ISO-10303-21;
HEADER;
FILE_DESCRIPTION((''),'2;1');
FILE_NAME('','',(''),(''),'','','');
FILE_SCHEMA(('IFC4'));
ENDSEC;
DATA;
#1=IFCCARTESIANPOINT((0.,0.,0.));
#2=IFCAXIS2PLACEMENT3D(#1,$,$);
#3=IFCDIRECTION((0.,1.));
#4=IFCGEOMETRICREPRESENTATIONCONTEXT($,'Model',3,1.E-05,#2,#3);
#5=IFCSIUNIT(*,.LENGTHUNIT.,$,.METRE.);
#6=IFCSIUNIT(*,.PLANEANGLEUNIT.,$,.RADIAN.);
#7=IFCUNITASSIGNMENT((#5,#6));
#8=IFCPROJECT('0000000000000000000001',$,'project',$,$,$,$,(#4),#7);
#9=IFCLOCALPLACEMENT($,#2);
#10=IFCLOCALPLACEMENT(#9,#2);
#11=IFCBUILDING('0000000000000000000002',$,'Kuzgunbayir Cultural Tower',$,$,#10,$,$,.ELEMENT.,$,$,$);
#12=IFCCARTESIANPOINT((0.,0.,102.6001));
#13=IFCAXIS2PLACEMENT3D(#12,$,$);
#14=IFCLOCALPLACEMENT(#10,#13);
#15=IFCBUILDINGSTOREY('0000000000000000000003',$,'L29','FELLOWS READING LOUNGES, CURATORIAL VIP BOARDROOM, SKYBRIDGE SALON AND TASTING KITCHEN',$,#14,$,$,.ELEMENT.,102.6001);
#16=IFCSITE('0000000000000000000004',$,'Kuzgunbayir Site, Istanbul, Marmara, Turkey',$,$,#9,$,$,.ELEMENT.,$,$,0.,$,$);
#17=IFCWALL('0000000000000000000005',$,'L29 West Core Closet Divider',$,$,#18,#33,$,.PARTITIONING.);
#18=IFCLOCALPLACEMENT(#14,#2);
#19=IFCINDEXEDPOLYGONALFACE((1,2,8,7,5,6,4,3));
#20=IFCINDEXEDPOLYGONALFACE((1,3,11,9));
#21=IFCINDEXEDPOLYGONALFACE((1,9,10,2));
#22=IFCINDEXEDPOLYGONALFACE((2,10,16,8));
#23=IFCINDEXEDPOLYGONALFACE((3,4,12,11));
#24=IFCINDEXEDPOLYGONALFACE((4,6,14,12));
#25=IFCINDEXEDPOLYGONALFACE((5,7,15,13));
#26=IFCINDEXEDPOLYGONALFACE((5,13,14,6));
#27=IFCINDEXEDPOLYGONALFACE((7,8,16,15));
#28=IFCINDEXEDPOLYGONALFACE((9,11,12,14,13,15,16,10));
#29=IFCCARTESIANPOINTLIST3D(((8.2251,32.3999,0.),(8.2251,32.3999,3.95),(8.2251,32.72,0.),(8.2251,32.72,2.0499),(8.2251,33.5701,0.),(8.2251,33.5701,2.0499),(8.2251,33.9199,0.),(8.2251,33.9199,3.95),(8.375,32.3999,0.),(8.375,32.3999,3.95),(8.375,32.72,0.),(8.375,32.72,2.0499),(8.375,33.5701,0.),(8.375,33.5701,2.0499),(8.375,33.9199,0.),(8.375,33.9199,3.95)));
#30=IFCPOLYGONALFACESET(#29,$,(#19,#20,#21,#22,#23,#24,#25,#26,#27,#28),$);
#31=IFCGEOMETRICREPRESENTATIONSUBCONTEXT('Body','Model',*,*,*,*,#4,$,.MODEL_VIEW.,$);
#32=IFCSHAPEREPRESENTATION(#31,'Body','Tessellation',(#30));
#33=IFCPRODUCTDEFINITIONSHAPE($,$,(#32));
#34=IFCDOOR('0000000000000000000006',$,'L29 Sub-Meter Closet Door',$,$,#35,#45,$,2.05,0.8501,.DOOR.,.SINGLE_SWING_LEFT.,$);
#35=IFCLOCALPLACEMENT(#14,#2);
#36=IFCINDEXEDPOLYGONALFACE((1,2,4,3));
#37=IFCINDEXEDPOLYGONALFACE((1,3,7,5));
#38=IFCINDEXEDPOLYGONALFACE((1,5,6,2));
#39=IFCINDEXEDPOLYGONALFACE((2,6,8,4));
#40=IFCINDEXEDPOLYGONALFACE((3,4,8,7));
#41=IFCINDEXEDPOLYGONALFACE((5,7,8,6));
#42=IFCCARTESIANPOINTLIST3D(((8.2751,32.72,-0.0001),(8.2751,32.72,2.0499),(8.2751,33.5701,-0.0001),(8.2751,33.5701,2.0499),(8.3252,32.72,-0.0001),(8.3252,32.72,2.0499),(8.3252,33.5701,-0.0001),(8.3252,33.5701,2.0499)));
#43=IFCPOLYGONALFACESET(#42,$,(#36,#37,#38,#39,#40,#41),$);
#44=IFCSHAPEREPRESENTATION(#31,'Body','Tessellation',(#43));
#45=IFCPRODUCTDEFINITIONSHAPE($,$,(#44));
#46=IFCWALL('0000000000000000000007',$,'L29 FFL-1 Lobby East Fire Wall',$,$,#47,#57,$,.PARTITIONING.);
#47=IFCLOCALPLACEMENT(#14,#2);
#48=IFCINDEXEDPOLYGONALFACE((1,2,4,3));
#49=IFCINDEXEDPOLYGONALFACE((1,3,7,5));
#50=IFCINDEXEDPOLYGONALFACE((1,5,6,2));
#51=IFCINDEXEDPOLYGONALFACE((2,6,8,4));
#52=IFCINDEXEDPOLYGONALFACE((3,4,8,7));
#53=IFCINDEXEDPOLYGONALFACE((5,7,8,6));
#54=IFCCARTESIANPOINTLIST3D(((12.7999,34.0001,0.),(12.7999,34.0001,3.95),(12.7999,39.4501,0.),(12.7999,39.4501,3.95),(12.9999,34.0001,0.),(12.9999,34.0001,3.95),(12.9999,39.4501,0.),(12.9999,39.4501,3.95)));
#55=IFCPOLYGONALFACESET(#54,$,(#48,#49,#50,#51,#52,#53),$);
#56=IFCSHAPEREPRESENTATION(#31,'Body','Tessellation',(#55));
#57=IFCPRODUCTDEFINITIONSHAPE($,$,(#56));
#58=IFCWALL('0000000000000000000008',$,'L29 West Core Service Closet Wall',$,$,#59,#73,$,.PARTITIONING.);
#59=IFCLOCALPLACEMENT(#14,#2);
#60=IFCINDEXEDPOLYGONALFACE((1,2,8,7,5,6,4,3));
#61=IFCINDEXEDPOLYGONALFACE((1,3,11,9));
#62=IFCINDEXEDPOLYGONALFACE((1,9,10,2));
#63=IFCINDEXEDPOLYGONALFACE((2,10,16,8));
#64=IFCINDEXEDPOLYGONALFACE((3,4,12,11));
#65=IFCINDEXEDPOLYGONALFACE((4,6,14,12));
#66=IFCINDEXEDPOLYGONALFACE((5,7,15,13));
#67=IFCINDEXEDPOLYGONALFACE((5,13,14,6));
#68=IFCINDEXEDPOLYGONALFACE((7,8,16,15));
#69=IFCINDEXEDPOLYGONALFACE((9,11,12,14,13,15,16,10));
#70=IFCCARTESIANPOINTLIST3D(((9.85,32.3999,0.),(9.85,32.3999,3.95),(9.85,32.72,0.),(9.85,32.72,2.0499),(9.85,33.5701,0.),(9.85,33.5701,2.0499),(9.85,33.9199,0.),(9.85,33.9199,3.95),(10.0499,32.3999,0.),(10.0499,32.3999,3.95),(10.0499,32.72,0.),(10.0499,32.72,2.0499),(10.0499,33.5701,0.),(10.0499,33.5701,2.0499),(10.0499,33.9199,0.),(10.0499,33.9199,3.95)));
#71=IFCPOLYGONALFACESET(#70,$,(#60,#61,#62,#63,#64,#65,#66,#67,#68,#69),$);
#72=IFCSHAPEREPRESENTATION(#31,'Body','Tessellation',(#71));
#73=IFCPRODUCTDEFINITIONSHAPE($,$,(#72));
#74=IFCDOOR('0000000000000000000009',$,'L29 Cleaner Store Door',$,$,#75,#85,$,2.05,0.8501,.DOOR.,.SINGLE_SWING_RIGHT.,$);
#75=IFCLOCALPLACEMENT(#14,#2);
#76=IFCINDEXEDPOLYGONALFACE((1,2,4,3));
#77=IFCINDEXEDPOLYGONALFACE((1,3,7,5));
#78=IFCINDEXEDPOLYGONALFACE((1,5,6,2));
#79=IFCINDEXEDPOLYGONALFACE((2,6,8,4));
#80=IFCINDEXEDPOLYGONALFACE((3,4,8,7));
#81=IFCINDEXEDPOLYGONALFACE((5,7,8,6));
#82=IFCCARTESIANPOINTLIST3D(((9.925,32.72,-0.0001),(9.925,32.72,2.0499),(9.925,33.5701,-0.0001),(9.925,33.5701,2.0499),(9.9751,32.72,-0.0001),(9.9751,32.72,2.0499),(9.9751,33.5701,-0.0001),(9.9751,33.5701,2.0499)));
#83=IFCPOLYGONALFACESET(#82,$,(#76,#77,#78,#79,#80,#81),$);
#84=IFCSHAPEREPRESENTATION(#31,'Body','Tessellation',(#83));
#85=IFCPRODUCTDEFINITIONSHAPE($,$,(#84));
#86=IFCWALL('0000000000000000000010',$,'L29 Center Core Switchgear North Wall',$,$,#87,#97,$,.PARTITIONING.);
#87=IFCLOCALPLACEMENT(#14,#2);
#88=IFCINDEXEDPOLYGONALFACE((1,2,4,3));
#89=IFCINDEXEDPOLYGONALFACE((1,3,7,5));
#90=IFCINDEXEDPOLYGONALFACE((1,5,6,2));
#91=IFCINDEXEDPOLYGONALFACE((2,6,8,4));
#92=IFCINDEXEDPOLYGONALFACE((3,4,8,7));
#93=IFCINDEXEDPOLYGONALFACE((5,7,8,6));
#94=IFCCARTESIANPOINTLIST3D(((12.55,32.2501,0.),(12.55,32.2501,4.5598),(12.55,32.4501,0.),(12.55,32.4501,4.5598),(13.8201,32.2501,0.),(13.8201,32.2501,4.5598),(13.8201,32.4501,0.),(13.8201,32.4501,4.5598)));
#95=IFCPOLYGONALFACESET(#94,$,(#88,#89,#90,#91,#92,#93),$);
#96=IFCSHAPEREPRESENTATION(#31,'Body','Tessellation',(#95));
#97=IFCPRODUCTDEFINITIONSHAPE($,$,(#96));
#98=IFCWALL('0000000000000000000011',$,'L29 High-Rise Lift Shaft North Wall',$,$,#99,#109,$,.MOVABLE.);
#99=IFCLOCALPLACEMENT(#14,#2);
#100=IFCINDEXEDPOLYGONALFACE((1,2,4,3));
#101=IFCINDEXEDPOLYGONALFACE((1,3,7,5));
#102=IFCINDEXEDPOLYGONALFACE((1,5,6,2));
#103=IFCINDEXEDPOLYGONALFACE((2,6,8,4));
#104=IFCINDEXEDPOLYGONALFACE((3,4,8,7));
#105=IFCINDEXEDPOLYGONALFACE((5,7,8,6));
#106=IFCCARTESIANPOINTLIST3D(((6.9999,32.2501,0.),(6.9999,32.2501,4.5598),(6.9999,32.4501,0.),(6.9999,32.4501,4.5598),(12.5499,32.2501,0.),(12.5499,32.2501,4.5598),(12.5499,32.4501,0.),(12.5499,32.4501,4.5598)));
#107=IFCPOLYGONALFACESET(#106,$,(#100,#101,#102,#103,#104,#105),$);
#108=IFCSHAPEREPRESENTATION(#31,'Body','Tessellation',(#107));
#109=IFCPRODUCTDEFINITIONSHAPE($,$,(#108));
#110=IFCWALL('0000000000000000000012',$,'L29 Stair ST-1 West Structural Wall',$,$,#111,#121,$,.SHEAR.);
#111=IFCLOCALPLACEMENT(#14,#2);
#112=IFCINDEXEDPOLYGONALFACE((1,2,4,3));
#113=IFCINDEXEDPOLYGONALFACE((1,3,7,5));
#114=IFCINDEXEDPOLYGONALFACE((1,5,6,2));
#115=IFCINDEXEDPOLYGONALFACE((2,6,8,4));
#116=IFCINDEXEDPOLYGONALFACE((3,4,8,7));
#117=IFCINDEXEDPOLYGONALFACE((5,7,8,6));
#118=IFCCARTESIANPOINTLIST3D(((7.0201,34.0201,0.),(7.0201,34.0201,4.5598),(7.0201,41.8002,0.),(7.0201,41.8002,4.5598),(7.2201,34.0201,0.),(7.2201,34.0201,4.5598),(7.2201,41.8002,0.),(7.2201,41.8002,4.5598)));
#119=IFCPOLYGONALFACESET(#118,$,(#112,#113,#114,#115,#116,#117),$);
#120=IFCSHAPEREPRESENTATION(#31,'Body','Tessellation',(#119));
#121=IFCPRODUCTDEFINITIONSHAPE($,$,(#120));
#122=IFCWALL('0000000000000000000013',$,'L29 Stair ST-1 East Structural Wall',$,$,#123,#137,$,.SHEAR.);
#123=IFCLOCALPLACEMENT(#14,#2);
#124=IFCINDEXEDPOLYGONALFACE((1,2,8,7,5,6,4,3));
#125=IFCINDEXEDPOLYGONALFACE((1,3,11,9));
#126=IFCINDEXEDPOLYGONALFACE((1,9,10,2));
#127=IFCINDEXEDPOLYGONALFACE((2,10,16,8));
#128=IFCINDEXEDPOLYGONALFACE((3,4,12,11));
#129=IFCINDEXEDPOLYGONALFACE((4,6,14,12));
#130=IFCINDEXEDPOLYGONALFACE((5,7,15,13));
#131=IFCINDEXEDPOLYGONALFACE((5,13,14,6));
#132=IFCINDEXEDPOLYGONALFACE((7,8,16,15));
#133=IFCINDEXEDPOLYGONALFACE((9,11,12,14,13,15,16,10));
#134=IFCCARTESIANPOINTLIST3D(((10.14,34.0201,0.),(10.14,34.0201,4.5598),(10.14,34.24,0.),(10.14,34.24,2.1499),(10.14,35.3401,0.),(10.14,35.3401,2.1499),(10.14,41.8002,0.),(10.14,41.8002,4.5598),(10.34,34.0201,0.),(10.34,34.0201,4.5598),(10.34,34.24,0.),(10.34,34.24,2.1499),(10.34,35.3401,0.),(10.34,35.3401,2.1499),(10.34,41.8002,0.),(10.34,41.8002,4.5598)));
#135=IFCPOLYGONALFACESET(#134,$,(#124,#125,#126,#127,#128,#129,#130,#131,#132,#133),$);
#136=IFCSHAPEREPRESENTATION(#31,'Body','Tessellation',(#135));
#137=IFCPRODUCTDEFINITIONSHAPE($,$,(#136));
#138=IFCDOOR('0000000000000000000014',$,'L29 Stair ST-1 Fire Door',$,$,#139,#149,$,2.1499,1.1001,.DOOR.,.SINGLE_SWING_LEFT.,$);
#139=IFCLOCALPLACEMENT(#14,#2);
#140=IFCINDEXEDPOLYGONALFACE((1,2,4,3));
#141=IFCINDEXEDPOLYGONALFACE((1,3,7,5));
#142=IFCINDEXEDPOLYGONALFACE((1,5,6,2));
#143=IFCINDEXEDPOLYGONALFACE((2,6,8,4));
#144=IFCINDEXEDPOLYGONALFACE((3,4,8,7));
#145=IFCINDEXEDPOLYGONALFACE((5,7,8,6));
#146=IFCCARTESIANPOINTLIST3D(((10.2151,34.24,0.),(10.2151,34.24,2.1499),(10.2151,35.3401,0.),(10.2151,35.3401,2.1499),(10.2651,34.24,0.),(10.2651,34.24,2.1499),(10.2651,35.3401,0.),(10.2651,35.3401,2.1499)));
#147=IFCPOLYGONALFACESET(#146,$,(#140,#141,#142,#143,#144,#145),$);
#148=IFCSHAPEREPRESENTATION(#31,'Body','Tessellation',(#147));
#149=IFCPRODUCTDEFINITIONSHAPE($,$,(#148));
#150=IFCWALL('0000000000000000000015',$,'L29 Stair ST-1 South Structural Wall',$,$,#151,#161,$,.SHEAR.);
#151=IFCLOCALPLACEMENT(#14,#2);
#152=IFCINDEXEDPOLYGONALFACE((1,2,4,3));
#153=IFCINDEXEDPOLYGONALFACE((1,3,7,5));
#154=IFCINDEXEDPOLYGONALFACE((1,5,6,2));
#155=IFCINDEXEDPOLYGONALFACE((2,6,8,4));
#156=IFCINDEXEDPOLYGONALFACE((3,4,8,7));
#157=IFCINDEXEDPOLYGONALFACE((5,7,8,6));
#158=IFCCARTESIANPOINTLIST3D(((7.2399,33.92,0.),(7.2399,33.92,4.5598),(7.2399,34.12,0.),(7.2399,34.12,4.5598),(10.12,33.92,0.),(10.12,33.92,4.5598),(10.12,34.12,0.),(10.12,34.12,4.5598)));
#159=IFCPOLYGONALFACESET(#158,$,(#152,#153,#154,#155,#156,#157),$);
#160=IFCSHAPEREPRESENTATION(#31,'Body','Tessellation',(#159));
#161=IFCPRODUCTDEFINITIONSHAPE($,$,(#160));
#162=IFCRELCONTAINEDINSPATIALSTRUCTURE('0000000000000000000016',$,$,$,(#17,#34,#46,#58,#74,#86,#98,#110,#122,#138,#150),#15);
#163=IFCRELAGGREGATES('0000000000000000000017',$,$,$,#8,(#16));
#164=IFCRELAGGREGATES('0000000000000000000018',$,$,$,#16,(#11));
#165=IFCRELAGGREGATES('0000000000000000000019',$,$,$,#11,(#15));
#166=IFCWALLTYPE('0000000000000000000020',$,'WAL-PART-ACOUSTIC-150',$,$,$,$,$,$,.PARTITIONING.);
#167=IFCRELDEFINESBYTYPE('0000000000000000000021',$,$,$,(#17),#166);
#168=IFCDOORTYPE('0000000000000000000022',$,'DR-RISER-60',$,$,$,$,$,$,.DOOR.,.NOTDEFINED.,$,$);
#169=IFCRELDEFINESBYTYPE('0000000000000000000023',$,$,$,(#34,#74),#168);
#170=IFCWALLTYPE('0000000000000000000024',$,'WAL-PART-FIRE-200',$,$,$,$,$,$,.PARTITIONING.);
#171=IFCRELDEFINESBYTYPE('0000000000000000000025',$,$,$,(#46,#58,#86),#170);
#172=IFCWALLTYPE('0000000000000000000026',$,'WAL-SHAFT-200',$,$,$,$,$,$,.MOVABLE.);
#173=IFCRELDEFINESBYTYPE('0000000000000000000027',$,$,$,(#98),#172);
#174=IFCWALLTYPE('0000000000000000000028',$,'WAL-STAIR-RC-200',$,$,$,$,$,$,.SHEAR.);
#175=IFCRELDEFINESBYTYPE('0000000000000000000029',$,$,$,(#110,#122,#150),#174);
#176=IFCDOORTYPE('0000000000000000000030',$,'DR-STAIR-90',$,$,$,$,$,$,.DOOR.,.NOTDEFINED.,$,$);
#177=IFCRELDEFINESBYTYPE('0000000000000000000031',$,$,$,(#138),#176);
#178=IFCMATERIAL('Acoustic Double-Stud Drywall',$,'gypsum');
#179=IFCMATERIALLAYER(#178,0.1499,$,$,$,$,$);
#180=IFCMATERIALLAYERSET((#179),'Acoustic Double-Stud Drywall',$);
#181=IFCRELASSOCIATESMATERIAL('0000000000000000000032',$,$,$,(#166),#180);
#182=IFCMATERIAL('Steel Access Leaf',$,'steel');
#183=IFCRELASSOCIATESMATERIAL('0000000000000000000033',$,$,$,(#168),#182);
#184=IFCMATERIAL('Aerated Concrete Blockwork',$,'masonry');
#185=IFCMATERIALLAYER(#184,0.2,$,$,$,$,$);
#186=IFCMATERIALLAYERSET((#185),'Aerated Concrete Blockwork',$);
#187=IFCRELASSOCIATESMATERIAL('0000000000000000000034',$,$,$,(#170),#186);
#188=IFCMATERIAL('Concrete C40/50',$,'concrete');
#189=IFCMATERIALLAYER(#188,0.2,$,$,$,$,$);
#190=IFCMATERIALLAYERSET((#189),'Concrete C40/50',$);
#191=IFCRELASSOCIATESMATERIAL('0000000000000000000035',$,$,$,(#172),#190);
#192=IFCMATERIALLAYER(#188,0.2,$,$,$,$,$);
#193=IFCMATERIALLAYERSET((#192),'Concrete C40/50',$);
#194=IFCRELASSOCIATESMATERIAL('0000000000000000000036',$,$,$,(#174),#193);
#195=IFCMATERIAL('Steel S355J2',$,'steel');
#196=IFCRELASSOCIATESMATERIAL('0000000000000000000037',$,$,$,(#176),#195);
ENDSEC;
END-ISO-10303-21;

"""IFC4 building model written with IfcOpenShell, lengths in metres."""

from ifc_helpers import new_model, si_unit, direction, frame, frame_2d, origin, place, context, subcontext, project, spatial, rectangle, extrude, material, layer, layer_set, type_object, element, fill, save


model = new_model("IFC4")

# Units and contexts
model_context = context("Model", 3, precision=1e-05, world=origin(), true_north=direction((0.0, 1.0)))
body_context = subcontext(model_context, "Body", "Model", "MODEL_VIEW")
ifc_project = project(units=[si_unit("LENGTHUNIT", "METRE"), si_unit("PLANEANGLEUNIT", "RADIAN")], contexts=[model_context])

# Site, building, storey
site_placement = place(None, origin())
site = spatial("IfcSite", under=ifc_project, at=site_placement, Name="Kuzgunbayir Site, Istanbul, Marmara, Turkey", CompositionType="ELEMENT", RefElevation=0.0)
building_placement = place(site_placement, origin())
building = spatial("IfcBuilding", under=site, at=building_placement, Name="Kuzgunbayir Cultural Tower", CompositionType="ELEMENT")
storey_placement = place(building_placement, frame((0.0, 0.0, 102.6001)))
storey = spatial("IfcBuildingStorey", under=building, at=storey_placement, Name="L29", Description="FELLOWS READING LOUNGES, CURATORIAL VIP BOARDROOM, SKYBRIDGE SALON AND TASTING KITCHEN", CompositionType="ELEMENT", Elevation=102.6001)

# Shared definitions
ifc_material_1 = material(Name="Steel S355J2", Category="steel")

# Wall, opening, door
ifc_material_2 = material(Name="Acoustic Double-Stud Drywall", Category="gypsum")
ifc_layer_1 = layer(ifc_material_2, 0.1499)
ifc_layer_set_1 = layer_set([ifc_layer_1], Name="Acoustic Double-Stud Drywall")
wall_type_1 = type_object("IfcWallType", Name="WAL-PART-ACOUSTIC-150", PredefinedType="PARTITIONING", material=ifc_layer_set_1)
wall_1_placement = place(storey_placement, frame((8.3, 32.3999, 0.0), z_axis=(0.0, 0.0, 1.0), x_axis=(0.0, 1.0, 0.0)))
wall_1 = element("IfcWall", 1, at=wall_1_placement, inside=storey, type_object=wall_type_1, Name="L29 West Core Closet Divider", PredefinedType="PARTITIONING", context=body_context, shape_type="SweptSolid", body=[
    extrude(rectangle(XDim=1.52, YDim=0.1499, at=frame_2d((0.76, 0.0))), origin(), (0.0, 0.0, 1.0), 3.95),
])
opening_1_placement = place(wall_1_placement, frame((0.3201, 0.0, 0.0)))
opening_1 = element("IfcOpeningElement", 2, at=opening_1_placement, cuts=wall_1, PredefinedType="OPENING", context=body_context, shape_type="SweptSolid", body=[
    extrude(rectangle(XDim=0.8501, YDim=2.05, at=frame_2d((0.425, 1.0249))), frame((0.0, 0.085, 0.0), z_axis=(0.0, -1.0, 0.0), x_axis=(1.0, 0.0, 0.0)), (0.0, 0.0, 1.0), 0.1699),
])
ifc_material_3 = material(Name="Steel Access Leaf", Category="steel")
door_type_1 = type_object("IfcDoorType", Name="DR-RISER-60", OperationType="NOTDEFINED", PredefinedType="DOOR", material=ifc_material_3)
door_1_placement = place(opening_1_placement, origin())
door_1 = element("IfcDoor", 3, at=door_1_placement, inside=storey, type_object=door_type_1, Name="L29 Sub-Meter Closet Door", OperationType="SINGLE_SWING_LEFT", OverallHeight=2.05, OverallWidth=0.8501, PredefinedType="DOOR", context=body_context, shape_type="SweptSolid", body=[
    extrude(rectangle(XDim=0.8501, YDim=2.05, at=frame_2d((0.425, 1.0249))), frame((0.0, 0.0249, 0.0), z_axis=(0.0, -1.0, 0.0), x_axis=(1.0, 0.0, 0.0)), (0.0, 0.0, 1.0), 0.05),
])
fill(opening_1, door_1)

# Wall
ifc_material_4 = material(Name="Aerated Concrete Blockwork", Category="masonry")
ifc_layer_2 = layer(ifc_material_4, 0.2)
ifc_layer_set_2 = layer_set([ifc_layer_2], Name="Aerated Concrete Blockwork")
wall_type_2 = type_object("IfcWallType", Name="WAL-PART-FIRE-200", PredefinedType="PARTITIONING", material=ifc_layer_set_2)
wall_2_placement = place(storey_placement, frame((12.8999, 34.0, 0.0), z_axis=(0.0, 0.0, 1.0), x_axis=(0.0, 1.0, 0.0)))
element("IfcWall", 4, at=wall_2_placement, inside=storey, type_object=wall_type_2, Name="L29 FFL-1 Lobby East Fire Wall", PredefinedType="PARTITIONING", context=body_context, shape_type="SweptSolid", body=[
    extrude(rectangle(XDim=5.45, YDim=0.2, at=frame_2d((2.7251, 0.0))), origin(), (0.0, 0.0, 1.0), 3.95),
])

# Wall, opening, door
wall_3_placement = place(storey_placement, frame((9.95, 32.3999, 0.0), z_axis=(0.0, 0.0, 1.0), x_axis=(0.0, 1.0, 0.0)))
wall_3 = element("IfcWall", 5, at=wall_3_placement, inside=storey, type_object=wall_type_2, Name="L29 West Core Service Closet Wall", PredefinedType="PARTITIONING", context=body_context, shape_type="SweptSolid", body=[
    extrude(rectangle(XDim=1.52, YDim=0.2, at=frame_2d((0.76, 0.0))), origin(), (0.0, 0.0, 1.0), 3.95),
])
opening_2_placement = place(wall_3_placement, frame((0.3201, 0.0, 0.0)))
opening_2 = element("IfcOpeningElement", 6, at=opening_2_placement, cuts=wall_3, PredefinedType="OPENING", context=body_context, shape_type="SweptSolid", body=[
    extrude(rectangle(XDim=0.8501, YDim=2.05, at=frame_2d((0.425, 1.0249))), frame((0.0, 0.1099, 0.0), z_axis=(0.0, -1.0, 0.0), x_axis=(1.0, 0.0, 0.0)), (0.0, 0.0, 1.0), 0.22),
])
door_2_placement = place(opening_2_placement, origin())
door_2 = element("IfcDoor", 7, at=door_2_placement, inside=storey, type_object=door_type_1, Name="L29 Cleaner Store Door", OperationType="SINGLE_SWING_RIGHT", OverallHeight=2.05, OverallWidth=0.8501, PredefinedType="DOOR", context=body_context, shape_type="SweptSolid", body=[
    extrude(rectangle(XDim=0.8501, YDim=2.05, at=frame_2d((0.425, 1.0249))), frame((0.0, 0.0249, 0.0), z_axis=(0.0, -1.0, 0.0), x_axis=(1.0, 0.0, 0.0)), (0.0, 0.0, 1.0), 0.05),
])
fill(opening_2, door_2)

# Walls
wall_4_placement = place(storey_placement, frame((12.55, 32.3501, 0.0), z_axis=(0.0, 0.0, 1.0), x_axis=(1.0, 0.0, 0.0)))
element("IfcWall", 8, at=wall_4_placement, inside=storey, type_object=wall_type_2, Name="L29 Center Core Switchgear North Wall", PredefinedType="PARTITIONING", context=body_context, shape_type="SweptSolid", body=[
    extrude(rectangle(XDim=1.27, YDim=0.2, at=frame_2d((0.635, 0.0))), origin(), (0.0, 0.0, 1.0), 4.5598),
])
ifc_material_5 = material(Name="Concrete C40/50", Category="concrete")
ifc_layer_3 = layer(ifc_material_5, 0.2)
ifc_layer_set_3 = layer_set([ifc_layer_3], Name="Concrete C40/50")
wall_type_3 = type_object("IfcWallType", Name="WAL-SHAFT-200", PredefinedType="MOVABLE", material=ifc_layer_set_3)
wall_5_placement = place(storey_placement, frame((7.0, 32.3501, 0.0), z_axis=(0.0, 0.0, 1.0), x_axis=(1.0, 0.0, 0.0)))
element("IfcWall", 9, at=wall_5_placement, inside=storey, type_object=wall_type_3, Name="L29 High-Rise Lift Shaft North Wall", PredefinedType="MOVABLE", context=body_context, shape_type="SweptSolid", body=[
    extrude(rectangle(XDim=5.55, YDim=0.2, at=frame_2d((2.7749, 0.0))), origin(), (0.0, 0.0, 1.0), 4.5598),
])

# Wall
ifc_layer_4 = layer(ifc_material_5, 0.2)
ifc_layer_set_4 = layer_set([ifc_layer_4], Name="Concrete C40/50")
wall_type_4 = type_object("IfcWallType", Name="WAL-STAIR-RC-200", PredefinedType="SHEAR", material=ifc_layer_set_4)
wall_6_placement = place(storey_placement, frame((7.1201, 34.02, 0.0), z_axis=(0.0, 0.0, 1.0), x_axis=(0.0, 1.0, 0.0)))
element("IfcWall", 10, at=wall_6_placement, inside=storey, type_object=wall_type_4, Name="L29 Stair ST-1 West Structural Wall", PredefinedType="SHEAR", context=body_context, shape_type="SweptSolid", body=[
    extrude(rectangle(XDim=7.78, YDim=0.2, at=frame_2d((3.8901, 0.0))), origin(), (0.0, 0.0, 1.0), 4.5598),
])

# Wall, opening, door
wall_7_placement = place(storey_placement, frame((10.24, 34.02, 0.0), z_axis=(0.0, 0.0, 1.0), x_axis=(0.0, 1.0, 0.0)))
wall_7 = element("IfcWall", 11, at=wall_7_placement, inside=storey, type_object=wall_type_4, Name="L29 Stair ST-1 East Structural Wall", PredefinedType="SHEAR", context=body_context, shape_type="SweptSolid", body=[
    extrude(rectangle(XDim=7.78, YDim=0.2, at=frame_2d((3.8901, 0.0))), origin(), (0.0, 0.0, 1.0), 4.5598),
])
opening_3_placement = place(wall_7_placement, frame((0.22, 0.0, 0.0)))
opening_3 = element("IfcOpeningElement", 12, at=opening_3_placement, cuts=wall_7, PredefinedType="OPENING", context=body_context, shape_type="SweptSolid", body=[
    extrude(rectangle(XDim=1.1001, YDim=2.1499, at=frame_2d((0.55, 1.075))), frame((0.0, 0.1099, 0.0), z_axis=(0.0, -1.0, 0.0), x_axis=(1.0, 0.0, 0.0)), (0.0, 0.0, 1.0), 0.22),
])
door_type_2 = type_object("IfcDoorType", Name="DR-STAIR-90", OperationType="NOTDEFINED", PredefinedType="DOOR", material=ifc_material_1)
door_3_placement = place(opening_3_placement, origin())
door_3 = element("IfcDoor", 13, at=door_3_placement, inside=storey, type_object=door_type_2, Name="L29 Stair ST-1 Fire Door", OperationType="SINGLE_SWING_LEFT", OverallHeight=2.1499, OverallWidth=1.1001, PredefinedType="DOOR", context=body_context, shape_type="SweptSolid", body=[
    extrude(rectangle(XDim=1.1001, YDim=2.1499, at=frame_2d((0.55, 1.075))), frame((0.0, 0.0249, 0.0), z_axis=(0.0, -1.0, 0.0), x_axis=(1.0, 0.0, 0.0)), (0.0, 0.0, 1.0), 0.05),
])
fill(opening_3, door_3)

# Wall
wall_8_placement = place(storey_placement, frame((7.24, 34.02, 0.0), z_axis=(0.0, 0.0, 1.0), x_axis=(1.0, 0.0, 0.0)))
element("IfcWall", 14, at=wall_8_placement, inside=storey, type_object=wall_type_4, Name="L29 Stair ST-1 South Structural Wall", PredefinedType="SHEAR", context=body_context, shape_type="SweptSolid", body=[
    extrude(rectangle(XDim=2.8801, YDim=0.2, at=frame_2d((1.4399, 0.0))), origin(), (0.0, 0.0, 1.0), 4.5598),
])

save(model, "model.ifc")
